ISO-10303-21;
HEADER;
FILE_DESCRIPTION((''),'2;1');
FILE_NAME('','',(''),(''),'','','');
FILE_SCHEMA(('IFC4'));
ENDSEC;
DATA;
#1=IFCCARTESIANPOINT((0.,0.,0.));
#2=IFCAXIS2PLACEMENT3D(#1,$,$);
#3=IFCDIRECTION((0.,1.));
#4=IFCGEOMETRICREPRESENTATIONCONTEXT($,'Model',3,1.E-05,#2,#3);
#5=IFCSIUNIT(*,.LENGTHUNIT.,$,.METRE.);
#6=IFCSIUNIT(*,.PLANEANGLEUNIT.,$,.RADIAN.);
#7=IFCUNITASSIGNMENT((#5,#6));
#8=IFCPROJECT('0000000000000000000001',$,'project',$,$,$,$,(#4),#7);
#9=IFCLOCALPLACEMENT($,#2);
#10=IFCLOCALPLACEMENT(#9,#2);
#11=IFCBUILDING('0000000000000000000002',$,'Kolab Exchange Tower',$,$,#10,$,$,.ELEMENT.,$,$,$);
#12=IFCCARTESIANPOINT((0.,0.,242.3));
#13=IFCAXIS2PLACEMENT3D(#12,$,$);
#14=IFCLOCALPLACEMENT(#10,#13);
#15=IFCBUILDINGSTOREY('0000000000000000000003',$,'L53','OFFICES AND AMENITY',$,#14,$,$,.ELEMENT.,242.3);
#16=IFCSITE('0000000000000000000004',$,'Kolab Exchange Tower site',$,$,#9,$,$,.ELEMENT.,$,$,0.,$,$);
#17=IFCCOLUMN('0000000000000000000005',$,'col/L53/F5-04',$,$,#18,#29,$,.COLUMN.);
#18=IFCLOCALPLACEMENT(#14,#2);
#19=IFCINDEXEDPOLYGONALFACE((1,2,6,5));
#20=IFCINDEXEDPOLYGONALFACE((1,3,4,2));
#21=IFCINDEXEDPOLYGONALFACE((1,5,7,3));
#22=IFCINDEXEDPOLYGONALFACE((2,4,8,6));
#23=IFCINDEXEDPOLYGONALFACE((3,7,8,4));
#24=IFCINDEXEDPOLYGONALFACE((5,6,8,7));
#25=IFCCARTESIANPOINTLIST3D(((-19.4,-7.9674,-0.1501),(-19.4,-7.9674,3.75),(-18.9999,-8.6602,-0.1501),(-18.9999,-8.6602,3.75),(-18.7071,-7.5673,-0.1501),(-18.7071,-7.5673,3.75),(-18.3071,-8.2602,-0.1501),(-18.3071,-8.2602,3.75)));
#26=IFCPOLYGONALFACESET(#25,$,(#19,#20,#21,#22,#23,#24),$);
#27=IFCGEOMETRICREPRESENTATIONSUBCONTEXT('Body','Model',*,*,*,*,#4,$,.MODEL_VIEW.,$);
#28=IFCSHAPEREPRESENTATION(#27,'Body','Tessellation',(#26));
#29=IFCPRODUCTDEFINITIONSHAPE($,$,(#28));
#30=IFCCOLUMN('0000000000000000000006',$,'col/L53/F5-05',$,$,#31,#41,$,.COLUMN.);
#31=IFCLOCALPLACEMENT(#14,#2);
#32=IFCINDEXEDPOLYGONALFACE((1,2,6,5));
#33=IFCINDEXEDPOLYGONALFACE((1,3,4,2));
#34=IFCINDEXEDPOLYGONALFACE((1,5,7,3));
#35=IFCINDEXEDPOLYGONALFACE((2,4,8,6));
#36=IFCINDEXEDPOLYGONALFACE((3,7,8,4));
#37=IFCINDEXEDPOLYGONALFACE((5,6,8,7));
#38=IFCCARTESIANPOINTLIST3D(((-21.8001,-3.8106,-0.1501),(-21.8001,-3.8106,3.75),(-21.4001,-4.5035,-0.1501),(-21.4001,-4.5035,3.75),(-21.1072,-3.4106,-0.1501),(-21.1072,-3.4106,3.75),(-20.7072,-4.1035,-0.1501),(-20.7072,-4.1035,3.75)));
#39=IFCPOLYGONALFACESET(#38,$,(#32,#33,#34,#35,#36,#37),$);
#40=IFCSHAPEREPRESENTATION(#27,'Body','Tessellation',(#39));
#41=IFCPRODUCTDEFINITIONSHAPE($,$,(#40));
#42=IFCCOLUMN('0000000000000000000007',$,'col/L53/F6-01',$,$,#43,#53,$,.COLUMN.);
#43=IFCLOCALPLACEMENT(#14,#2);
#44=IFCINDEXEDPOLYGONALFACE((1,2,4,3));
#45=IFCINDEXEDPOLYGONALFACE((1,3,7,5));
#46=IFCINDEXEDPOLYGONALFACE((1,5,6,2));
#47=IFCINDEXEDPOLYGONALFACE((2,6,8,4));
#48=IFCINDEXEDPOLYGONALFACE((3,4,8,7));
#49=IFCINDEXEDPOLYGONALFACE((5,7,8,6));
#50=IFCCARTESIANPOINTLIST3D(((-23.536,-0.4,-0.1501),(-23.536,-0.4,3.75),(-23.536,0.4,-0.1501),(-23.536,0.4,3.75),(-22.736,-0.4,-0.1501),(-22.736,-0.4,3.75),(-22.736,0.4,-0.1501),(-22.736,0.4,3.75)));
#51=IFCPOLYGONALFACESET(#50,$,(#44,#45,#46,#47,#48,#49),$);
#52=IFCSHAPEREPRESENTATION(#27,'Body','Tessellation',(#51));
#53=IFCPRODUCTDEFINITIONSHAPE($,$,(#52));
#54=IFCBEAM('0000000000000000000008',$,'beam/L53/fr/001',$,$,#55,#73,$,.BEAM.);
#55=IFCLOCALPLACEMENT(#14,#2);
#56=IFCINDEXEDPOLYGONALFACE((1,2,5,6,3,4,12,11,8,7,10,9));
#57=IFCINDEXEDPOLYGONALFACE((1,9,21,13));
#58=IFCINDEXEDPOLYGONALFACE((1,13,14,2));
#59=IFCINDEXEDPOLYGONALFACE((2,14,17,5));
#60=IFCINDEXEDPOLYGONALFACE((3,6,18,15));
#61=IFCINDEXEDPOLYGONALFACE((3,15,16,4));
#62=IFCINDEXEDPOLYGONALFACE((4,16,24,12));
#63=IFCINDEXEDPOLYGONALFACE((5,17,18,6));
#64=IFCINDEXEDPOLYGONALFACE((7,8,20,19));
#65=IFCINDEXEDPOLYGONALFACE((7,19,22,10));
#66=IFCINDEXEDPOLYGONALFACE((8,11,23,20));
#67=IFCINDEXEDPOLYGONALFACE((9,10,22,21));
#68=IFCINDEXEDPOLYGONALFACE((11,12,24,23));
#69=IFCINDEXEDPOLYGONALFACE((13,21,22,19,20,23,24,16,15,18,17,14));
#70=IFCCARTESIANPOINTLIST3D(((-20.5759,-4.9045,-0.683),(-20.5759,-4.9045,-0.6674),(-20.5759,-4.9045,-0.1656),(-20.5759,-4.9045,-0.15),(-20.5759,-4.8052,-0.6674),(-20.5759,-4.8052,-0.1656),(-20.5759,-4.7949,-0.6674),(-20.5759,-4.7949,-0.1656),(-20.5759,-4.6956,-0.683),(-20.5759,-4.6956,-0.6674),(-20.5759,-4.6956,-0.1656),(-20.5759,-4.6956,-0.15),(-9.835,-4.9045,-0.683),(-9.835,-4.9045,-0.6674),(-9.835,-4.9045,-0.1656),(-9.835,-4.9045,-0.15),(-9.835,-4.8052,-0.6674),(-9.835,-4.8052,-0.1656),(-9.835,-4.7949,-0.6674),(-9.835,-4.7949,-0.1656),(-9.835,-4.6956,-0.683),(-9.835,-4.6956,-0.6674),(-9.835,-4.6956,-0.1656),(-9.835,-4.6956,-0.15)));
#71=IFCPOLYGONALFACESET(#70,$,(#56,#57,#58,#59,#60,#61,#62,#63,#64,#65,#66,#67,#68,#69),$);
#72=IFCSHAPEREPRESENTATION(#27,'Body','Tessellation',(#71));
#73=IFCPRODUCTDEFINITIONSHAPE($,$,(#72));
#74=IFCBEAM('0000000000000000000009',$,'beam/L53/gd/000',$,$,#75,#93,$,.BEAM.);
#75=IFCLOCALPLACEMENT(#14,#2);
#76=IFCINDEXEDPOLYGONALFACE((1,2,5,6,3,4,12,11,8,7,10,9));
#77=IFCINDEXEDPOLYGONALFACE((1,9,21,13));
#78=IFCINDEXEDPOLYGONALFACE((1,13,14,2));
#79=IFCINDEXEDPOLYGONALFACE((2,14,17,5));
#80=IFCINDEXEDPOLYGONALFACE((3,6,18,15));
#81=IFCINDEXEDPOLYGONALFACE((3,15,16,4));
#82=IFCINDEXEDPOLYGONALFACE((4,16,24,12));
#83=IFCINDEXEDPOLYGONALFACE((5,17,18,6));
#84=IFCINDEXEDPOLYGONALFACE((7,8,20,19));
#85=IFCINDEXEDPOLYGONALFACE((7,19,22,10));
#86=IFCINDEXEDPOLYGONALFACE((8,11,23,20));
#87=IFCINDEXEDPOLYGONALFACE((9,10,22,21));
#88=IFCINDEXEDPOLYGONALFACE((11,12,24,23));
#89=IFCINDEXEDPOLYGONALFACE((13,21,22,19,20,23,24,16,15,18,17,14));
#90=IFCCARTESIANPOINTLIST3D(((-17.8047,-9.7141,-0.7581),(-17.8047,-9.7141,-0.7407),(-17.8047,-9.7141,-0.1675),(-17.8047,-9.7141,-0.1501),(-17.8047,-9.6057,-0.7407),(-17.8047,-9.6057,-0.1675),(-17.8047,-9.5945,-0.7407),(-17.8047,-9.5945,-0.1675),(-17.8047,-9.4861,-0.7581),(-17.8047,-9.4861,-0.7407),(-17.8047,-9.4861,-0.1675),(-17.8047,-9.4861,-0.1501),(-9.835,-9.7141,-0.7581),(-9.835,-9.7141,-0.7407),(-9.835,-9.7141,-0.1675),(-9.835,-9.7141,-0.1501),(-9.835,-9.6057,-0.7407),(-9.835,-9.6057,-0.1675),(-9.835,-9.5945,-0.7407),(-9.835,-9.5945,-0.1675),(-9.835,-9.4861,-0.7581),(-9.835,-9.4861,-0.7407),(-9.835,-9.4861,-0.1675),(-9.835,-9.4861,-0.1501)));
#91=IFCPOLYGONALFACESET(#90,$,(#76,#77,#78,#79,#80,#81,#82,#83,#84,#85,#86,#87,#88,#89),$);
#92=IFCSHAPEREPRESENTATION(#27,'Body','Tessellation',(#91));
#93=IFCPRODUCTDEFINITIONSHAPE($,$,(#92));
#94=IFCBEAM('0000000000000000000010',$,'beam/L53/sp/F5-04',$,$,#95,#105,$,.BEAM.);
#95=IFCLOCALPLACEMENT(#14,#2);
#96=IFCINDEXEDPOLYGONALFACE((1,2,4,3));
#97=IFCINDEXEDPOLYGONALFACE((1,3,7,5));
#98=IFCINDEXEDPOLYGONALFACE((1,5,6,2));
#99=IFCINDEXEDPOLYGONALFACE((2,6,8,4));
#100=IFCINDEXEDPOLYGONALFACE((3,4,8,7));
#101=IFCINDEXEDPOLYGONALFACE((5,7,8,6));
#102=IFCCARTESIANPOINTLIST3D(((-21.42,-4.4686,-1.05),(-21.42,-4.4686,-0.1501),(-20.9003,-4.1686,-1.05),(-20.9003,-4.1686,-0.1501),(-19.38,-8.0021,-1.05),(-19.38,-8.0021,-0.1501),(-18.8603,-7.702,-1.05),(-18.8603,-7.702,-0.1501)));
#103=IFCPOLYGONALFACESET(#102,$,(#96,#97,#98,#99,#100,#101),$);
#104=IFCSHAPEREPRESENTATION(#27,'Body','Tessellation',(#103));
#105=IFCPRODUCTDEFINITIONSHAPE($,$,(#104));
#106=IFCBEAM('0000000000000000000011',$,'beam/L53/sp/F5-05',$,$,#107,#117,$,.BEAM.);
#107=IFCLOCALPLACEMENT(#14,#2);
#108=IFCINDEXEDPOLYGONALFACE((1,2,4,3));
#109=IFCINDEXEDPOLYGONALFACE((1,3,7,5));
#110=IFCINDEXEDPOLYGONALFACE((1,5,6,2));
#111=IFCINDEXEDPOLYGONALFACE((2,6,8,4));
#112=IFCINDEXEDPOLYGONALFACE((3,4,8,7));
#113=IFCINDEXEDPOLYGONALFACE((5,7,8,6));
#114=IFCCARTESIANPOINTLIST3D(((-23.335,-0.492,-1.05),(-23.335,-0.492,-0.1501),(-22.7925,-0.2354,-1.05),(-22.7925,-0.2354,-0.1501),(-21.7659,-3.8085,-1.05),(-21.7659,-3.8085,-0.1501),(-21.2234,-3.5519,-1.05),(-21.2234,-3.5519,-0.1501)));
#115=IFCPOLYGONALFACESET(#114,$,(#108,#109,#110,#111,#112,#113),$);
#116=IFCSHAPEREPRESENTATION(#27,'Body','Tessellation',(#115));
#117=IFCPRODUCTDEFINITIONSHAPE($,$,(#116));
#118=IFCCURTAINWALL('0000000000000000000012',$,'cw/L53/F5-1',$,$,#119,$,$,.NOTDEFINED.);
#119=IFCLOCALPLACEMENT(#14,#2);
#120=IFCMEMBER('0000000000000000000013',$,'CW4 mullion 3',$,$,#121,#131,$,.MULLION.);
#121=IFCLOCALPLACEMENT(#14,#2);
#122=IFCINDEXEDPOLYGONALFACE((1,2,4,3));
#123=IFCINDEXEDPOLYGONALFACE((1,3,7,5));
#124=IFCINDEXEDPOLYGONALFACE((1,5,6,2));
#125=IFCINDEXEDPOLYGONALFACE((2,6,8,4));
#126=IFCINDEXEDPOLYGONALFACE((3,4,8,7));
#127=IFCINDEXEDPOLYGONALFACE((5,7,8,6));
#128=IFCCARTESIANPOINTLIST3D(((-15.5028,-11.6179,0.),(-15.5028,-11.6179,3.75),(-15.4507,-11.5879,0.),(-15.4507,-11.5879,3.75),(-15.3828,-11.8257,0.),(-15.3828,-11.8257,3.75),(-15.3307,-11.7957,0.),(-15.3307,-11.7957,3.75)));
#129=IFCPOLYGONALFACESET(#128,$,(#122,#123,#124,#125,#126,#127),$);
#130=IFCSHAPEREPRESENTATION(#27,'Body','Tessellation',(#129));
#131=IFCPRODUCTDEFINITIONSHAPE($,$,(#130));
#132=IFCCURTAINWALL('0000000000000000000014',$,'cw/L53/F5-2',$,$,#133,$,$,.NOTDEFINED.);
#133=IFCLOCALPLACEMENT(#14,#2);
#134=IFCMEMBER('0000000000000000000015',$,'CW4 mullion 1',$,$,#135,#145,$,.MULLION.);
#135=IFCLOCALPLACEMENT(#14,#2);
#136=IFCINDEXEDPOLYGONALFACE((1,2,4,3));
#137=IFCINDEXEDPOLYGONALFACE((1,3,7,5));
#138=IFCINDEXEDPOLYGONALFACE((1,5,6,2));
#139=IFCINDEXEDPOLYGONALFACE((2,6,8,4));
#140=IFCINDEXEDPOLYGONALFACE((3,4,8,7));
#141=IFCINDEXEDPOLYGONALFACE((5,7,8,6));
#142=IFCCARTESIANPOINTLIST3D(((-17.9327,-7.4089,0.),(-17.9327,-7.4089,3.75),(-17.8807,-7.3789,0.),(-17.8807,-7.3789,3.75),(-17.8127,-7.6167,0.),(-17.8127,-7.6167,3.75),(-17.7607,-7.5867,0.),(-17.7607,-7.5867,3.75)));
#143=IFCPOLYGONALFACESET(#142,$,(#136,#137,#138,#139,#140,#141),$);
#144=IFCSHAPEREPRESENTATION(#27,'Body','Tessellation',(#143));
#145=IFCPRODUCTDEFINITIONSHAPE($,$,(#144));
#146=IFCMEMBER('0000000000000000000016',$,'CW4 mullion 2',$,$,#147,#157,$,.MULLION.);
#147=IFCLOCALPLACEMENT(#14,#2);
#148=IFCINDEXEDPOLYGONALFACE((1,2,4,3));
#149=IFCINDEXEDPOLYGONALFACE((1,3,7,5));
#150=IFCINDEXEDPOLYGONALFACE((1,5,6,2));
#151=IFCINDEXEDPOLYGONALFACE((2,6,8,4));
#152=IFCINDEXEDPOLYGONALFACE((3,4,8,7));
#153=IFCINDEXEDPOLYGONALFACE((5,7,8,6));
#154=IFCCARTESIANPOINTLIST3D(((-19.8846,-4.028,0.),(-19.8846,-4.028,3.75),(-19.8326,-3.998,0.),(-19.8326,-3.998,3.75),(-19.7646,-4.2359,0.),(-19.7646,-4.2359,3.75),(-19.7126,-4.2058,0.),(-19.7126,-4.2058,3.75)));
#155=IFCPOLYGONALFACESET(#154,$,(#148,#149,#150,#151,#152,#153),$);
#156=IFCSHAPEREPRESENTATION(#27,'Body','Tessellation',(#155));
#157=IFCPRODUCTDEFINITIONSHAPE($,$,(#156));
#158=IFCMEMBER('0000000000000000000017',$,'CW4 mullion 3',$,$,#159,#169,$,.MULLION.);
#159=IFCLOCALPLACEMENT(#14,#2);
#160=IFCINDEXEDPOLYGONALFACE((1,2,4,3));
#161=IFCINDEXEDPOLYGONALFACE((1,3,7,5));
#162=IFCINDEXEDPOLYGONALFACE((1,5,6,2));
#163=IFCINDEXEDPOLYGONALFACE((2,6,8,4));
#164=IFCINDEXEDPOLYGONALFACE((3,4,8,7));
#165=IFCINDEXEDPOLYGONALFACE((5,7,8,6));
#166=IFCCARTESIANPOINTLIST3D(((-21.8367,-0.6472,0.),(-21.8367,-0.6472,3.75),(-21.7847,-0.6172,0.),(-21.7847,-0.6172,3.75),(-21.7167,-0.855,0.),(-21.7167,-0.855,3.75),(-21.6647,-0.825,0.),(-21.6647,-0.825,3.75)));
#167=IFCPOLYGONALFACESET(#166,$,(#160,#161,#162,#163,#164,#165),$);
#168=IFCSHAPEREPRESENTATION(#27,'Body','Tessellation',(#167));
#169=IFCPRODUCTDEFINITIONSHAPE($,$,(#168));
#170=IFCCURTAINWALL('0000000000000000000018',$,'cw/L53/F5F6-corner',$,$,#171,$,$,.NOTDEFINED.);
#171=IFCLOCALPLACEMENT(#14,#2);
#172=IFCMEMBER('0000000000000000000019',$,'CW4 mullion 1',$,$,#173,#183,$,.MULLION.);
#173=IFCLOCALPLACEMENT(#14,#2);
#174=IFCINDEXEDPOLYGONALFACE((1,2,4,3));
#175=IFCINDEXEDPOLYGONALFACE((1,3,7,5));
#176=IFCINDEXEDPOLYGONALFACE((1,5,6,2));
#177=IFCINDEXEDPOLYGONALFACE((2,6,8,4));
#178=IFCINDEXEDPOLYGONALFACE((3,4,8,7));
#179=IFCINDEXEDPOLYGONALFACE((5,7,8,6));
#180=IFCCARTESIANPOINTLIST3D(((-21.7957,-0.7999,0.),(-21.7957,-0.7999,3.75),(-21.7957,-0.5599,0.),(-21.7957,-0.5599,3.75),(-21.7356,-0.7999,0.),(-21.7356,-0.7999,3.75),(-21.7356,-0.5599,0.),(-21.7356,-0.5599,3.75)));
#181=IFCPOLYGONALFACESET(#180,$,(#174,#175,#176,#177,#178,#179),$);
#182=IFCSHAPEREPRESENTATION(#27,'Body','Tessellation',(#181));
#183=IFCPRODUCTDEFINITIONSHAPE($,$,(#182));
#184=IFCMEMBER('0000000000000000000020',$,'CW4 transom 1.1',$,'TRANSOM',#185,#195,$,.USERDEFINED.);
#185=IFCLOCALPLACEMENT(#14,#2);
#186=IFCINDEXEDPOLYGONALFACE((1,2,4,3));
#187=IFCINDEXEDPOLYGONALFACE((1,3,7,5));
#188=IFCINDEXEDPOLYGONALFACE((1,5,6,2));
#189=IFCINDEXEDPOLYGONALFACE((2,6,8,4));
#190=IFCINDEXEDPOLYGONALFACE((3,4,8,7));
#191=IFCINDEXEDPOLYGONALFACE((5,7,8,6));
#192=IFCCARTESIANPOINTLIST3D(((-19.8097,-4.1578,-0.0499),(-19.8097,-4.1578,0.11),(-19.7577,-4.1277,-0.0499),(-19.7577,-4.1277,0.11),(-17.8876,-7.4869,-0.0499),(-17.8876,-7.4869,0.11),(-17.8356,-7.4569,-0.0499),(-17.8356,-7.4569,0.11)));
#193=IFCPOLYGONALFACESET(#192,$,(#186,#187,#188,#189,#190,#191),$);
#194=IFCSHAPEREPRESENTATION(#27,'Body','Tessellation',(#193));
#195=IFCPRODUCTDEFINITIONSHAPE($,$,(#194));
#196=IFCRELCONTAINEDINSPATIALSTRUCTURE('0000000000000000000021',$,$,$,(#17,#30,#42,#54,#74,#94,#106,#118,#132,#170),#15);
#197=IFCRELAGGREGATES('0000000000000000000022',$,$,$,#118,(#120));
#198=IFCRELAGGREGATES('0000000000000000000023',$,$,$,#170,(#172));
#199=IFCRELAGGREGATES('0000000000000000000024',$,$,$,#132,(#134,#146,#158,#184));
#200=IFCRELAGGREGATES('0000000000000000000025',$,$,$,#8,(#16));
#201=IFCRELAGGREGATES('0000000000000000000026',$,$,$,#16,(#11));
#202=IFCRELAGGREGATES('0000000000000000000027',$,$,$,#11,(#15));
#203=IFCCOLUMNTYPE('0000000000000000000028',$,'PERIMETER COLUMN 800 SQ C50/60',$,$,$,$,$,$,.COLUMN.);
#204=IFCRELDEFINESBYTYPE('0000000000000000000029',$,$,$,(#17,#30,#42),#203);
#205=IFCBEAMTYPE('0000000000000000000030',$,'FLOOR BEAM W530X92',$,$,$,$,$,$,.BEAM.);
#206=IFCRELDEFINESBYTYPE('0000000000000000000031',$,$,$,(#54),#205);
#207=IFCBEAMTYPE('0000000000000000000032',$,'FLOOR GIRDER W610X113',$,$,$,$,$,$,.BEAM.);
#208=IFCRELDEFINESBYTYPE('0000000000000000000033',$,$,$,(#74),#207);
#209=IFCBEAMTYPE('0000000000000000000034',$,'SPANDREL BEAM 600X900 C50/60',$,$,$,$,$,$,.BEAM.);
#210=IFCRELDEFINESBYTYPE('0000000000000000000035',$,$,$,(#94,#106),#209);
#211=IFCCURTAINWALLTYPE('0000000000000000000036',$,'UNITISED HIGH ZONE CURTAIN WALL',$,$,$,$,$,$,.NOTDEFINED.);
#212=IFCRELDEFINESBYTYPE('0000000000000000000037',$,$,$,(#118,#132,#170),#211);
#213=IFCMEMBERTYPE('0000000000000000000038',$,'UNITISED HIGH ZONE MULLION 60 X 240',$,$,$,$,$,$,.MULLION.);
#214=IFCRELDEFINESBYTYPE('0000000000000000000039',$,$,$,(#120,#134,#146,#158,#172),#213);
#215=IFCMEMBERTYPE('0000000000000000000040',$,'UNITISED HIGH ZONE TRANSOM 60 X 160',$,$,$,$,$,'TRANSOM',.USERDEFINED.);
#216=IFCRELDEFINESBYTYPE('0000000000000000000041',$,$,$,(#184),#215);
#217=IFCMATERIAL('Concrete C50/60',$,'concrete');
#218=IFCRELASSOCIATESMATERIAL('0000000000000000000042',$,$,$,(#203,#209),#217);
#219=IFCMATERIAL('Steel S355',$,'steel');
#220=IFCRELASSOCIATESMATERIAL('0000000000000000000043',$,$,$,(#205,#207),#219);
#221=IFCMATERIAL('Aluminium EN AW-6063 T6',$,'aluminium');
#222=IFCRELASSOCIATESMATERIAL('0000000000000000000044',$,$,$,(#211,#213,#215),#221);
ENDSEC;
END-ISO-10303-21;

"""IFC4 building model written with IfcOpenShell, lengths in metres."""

from ifc_helpers import new_model, si_unit, direction, frame, origin, origin_2d, place, context, subcontext, project, spatial, rectangle, i_section, extrude, material, material_profile, profile_set, type_object, element, aggregate, save


model = new_model("IFC4")

# Units and contexts
model_context = context("Model", 3, precision=1e-05, world=origin(), true_north=direction((0.0, 1.0)))
body_context = subcontext(model_context, "Body", "Model", "MODEL_VIEW")
ifc_project = project(units=[si_unit("LENGTHUNIT", "METRE"), si_unit("PLANEANGLEUNIT", "RADIAN")], contexts=[model_context])

# Site, building, storey
site_placement = place(None, origin())
site = spatial("IfcSite", under=ifc_project, at=site_placement, Name="Kolab Exchange Tower site", CompositionType="ELEMENT", RefElevation=0.0)
building_placement = place(site_placement, origin())
building = spatial("IfcBuilding", under=site, at=building_placement, Name="Kolab Exchange Tower", CompositionType="ELEMENT")
storey_placement = place(building_placement, frame((0.0, 0.0, 242.3)))
storey = spatial("IfcBuildingStorey", under=building, at=storey_placement, Name="L53", Description="OFFICES AND AMENITY", CompositionType="ELEMENT", Elevation=242.3)

# Columns
ifc_material_1 = material(Name="Concrete C50/60", Category="concrete")
ifc_material_profile_1 = material_profile(ifc_material_1, rectangle(XDim=0.8, YDim=0.8, at=origin_2d()), Name="RC800")
ifc_profile_set_1 = profile_set([ifc_material_profile_1], Name="Concrete C50/60")
column_type = type_object("IfcColumnType", Name="PERIMETER COLUMN 800 SQ C50/60", PredefinedType="COLUMN", material=ifc_profile_set_1)
for number, where, z_axis, x_axis, name in (
    (1, (-18.8535, -8.1138, -0.1501), (0.0, 0.0, 1.0), (0.866025, 0.5, 0.0), "col/L53/F5-04"),
    (2, (-21.2537, -3.957, -0.1501), (0.0, 0.0, 1.0), (0.866025, 0.5, 0.0), "col/L53/F5-05"),
    (3, (-23.136, 0.0, -0.1501), (0.0, 0.0, 1.0), (1.0, 0.0, 0.0), "col/L53/F6-01"),
):
    element("IfcColumn", number, at=place(storey_placement, frame(where, z_axis=z_axis, x_axis=x_axis)), inside=storey, type_object=column_type, Name=name, PredefinedType="COLUMN", context=body_context, shape_type="SweptSolid", body=[
        extrude(rectangle(XDim=0.8, YDim=0.8, at=origin_2d()), origin(), (0.0, 0.0, 1.0), 3.9001),
    ])

# Beams
ifc_material_2 = material(Name="Steel S355", Category="steel")
ifc_material_profile_2 = material_profile(ifc_material_2, i_section(OverallWidth=0.209, OverallDepth=0.533, WebThickness=0.0103, FlangeThickness=0.0156, at=origin_2d()), Name="W530X92")
ifc_profile_set_2 = profile_set([ifc_material_profile_2], Name="Steel S355")
beam_type_1 = type_object("IfcBeamType", Name="FLOOR BEAM W530X92", PredefinedType="BEAM", material=ifc_profile_set_2)
beam_1_placement = place(storey_placement, frame((-20.5759, -4.8, -0.4165), z_axis=(1.0, 0.0, 0.0), x_axis=(0.0, 1.0, 0.0)))
element("IfcBeam", 4, at=beam_1_placement, inside=storey, type_object=beam_type_1, Name="beam/L53/fr/001", PredefinedType="BEAM", context=body_context, shape_type="SweptSolid", body=[
    extrude(i_section(OverallWidth=0.209, OverallDepth=0.533, WebThickness=0.0103, FlangeThickness=0.0156, at=origin_2d()), origin(), (0.0, 0.0, 1.0), 10.741),
])
ifc_material_profile_3 = material_profile(ifc_material_2, i_section(OverallWidth=0.228, OverallDepth=0.6079, WebThickness=0.0112, FlangeThickness=0.0173, at=origin_2d()), Name="W610X113")
ifc_profile_set_3 = profile_set([ifc_material_profile_3], Name="Steel S355")
beam_type_2 = type_object("IfcBeamType", Name="FLOOR GIRDER W610X113", PredefinedType="BEAM", material=ifc_profile_set_3)
beam_2_placement = place(storey_placement, frame((-17.8047, -9.6001, -0.4541), z_axis=(1.0, 0.0, 0.0), x_axis=(0.0, 1.0, 0.0)))
element("IfcBeam", 5, at=beam_2_placement, inside=storey, type_object=beam_type_2, Name="beam/L53/gd/000", PredefinedType="BEAM", context=body_context, shape_type="SweptSolid", body=[
    extrude(i_section(OverallWidth=0.228, OverallDepth=0.6079, WebThickness=0.0112, FlangeThickness=0.0173, at=origin_2d()), origin(), (0.0, 0.0, 1.0), 7.9697),
])
ifc_material_profile_4 = material_profile(ifc_material_1, rectangle(XDim=0.6001, YDim=0.8999, at=origin_2d()), Name="RC600X900")
ifc_profile_set_4 = profile_set([ifc_material_profile_4], Name="Concrete C50/60")
beam_type_3 = type_object("IfcBeamType", Name="SPANDREL BEAM 600X900 C50/60", PredefinedType="BEAM", material=ifc_profile_set_4)
beam_3_placement = place(storey_placement, frame((-19.1201, -7.8521, -0.6001), z_axis=(-0.5, 0.866025, 0.0), x_axis=(-0.866025, -0.5, 0.0)))
element("IfcBeam", 6, at=beam_3_placement, inside=storey, type_object=beam_type_3, Name="beam/L53/sp/F5-04", PredefinedType="BEAM", context=body_context, shape_type="SweptSolid", body=[
    extrude(rectangle(XDim=0.6001, YDim=0.8999, at=origin_2d()), origin(), (0.0, 0.0, 1.0), 4.0801),
])
beam_4_placement = place(storey_placement, frame((-21.4946, -3.6802, -0.6001), z_axis=(-0.427677, 0.903932, 0.0), x_axis=(-0.903932, -0.427677, 0.0)))
element("IfcBeam", 7, at=beam_4_placement, inside=storey, type_object=beam_type_3, Name="beam/L53/sp/F5-05", PredefinedType="BEAM", context=body_context, shape_type="SweptSolid", body=[
    extrude(rectangle(XDim=0.6001, YDim=0.8999, at=origin_2d()), origin(), (0.0, 0.0, 1.0), 3.6689),
])

# Curtain wall, member
ifc_material_3 = material(Name="Aluminium EN AW-6063 T6", Category="aluminium")
curtain_wall_type = type_object("IfcCurtainWallType", Name="UNITISED HIGH ZONE CURTAIN WALL", PredefinedType="NOTDEFINED", material=ifc_material_3)
curtain_wall_1_placement = place(storey_placement, origin())
curtain_wall_1 = element("IfcCurtainWall", 8, at=curtain_wall_1_placement, inside=storey, type_object=curtain_wall_type, Name="cw/L53/F5-1", PredefinedType="NOTDEFINED")
ifc_material_profile_5 = material_profile(ifc_material_3, rectangle(XDim=0.0601, YDim=0.24, at=origin_2d()), Name="RECT 60X240")
ifc_profile_set_5 = profile_set([ifc_material_profile_5], Name="Aluminium EN AW-6063 T6")
member_type_1 = type_object("IfcMemberType", Name="UNITISED HIGH ZONE MULLION 60 X 240", PredefinedType="MULLION", material=ifc_profile_set_5)
member_1_placement = place(storey_placement, frame((-15.4167, -11.7068, 0.0), z_axis=(0.0, 0.0, 1.0), x_axis=(-0.866025, -0.5, 0.0)))
member_1 = element("IfcMember", 9, at=member_1_placement, type_object=member_type_1, Name="CW4 mullion 3", PredefinedType="MULLION", context=body_context, shape_type="SweptSolid", body=[
    extrude(rectangle(XDim=0.0601, YDim=0.24, at=origin_2d()), origin(), (0.0, 0.0, 1.0), 3.75),
])
aggregate(curtain_wall_1, [member_1])

# Curtain wall, members
curtain_wall_2_placement = place(storey_placement, origin())
curtain_wall_2 = element("IfcCurtainWall", 10, at=curtain_wall_2_placement, inside=storey, type_object=curtain_wall_type, Name="cw/L53/F5-2", PredefinedType="NOTDEFINED")
member_2_placement = place(storey_placement, frame((-17.8467, -7.4978, 0.0), z_axis=(0.0, 0.0, 1.0), x_axis=(-0.866025, -0.5, 0.0)))
member_2 = element("IfcMember", 11, at=member_2_placement, type_object=member_type_1, Name="CW4 mullion 1", PredefinedType="MULLION", context=body_context, shape_type="SweptSolid", body=[
    extrude(rectangle(XDim=0.0601, YDim=0.24, at=origin_2d()), origin(), (0.0, 0.0, 1.0), 3.75),
])
member_3_placement = place(storey_placement, frame((-19.7986, -4.1169, 0.0), z_axis=(0.0, 0.0, 1.0), x_axis=(-0.866025, -0.5, 0.0)))
member_3 = element("IfcMember", 12, at=member_3_placement, type_object=member_type_1, Name="CW4 mullion 2", PredefinedType="MULLION", context=body_context, shape_type="SweptSolid", body=[
    extrude(rectangle(XDim=0.0601, YDim=0.24, at=origin_2d()), origin(), (0.0, 0.0, 1.0), 3.75),
])
member_4_placement = place(storey_placement, frame((-21.7507, -0.7361, 0.0), z_axis=(0.0, 0.0, 1.0), x_axis=(-0.866025, -0.5, 0.0)))
member_4 = element("IfcMember", 13, at=member_4_placement, type_object=member_type_1, Name="CW4 mullion 3", PredefinedType="MULLION", context=body_context, shape_type="SweptSolid", body=[
    extrude(rectangle(XDim=0.0601, YDim=0.24, at=origin_2d()), origin(), (0.0, 0.0, 1.0), 3.75),
])

# Curtain wall, member
curtain_wall_3_placement = place(storey_placement, origin())
curtain_wall_3 = element("IfcCurtainWall", 14, at=curtain_wall_3_placement, inside=storey, type_object=curtain_wall_type, Name="cw/L53/F5F6-corner", PredefinedType="NOTDEFINED")
member_5_placement = place(storey_placement, frame((-21.7656, -0.6799, 0.0), z_axis=(0.0, 0.0, 1.0), x_axis=(-1.0, 0.0, 0.0)))
member_5 = element("IfcMember", 15, at=member_5_placement, type_object=member_type_1, Name="CW4 mullion 1", PredefinedType="MULLION", context=body_context, shape_type="SweptSolid", body=[
    extrude(rectangle(XDim=0.0601, YDim=0.24, at=origin_2d()), origin(), (0.0, 0.0, 1.0), 3.75),
])

# Member
ifc_material_profile_6 = material_profile(ifc_material_3, rectangle(XDim=0.0601, YDim=0.1599, at=origin_2d()), Name="RECT 60X160")
ifc_profile_set_6 = profile_set([ifc_material_profile_6], Name="Aluminium EN AW-6063 T6")
member_type_2 = type_object("IfcMemberType", Name="UNITISED HIGH ZONE TRANSOM 60 X 160", ElementType="TRANSOM", PredefinedType="USERDEFINED", material=ifc_profile_set_6)
member_6_placement = place(storey_placement, frame((-17.8616, -7.4719, 0.03), z_axis=(-0.500012, 0.866018, 0.0), x_axis=(-0.866018, -0.500012, 0.0)))
member_6 = element("IfcMember", 16, at=member_6_placement, type_object=member_type_2, Name="CW4 transom 1.1", ObjectType="TRANSOM", PredefinedType="USERDEFINED", context=body_context, shape_type="SweptSolid", body=[
    extrude(rectangle(XDim=0.0601, YDim=0.1599, at=origin_2d()), origin(), (0.0, 0.0, 1.0), 3.8442),
])
aggregate(curtain_wall_3, [member_5])

aggregate(curtain_wall_2, [member_2, member_3, member_4, member_6])

save(model, "model.ifc")
